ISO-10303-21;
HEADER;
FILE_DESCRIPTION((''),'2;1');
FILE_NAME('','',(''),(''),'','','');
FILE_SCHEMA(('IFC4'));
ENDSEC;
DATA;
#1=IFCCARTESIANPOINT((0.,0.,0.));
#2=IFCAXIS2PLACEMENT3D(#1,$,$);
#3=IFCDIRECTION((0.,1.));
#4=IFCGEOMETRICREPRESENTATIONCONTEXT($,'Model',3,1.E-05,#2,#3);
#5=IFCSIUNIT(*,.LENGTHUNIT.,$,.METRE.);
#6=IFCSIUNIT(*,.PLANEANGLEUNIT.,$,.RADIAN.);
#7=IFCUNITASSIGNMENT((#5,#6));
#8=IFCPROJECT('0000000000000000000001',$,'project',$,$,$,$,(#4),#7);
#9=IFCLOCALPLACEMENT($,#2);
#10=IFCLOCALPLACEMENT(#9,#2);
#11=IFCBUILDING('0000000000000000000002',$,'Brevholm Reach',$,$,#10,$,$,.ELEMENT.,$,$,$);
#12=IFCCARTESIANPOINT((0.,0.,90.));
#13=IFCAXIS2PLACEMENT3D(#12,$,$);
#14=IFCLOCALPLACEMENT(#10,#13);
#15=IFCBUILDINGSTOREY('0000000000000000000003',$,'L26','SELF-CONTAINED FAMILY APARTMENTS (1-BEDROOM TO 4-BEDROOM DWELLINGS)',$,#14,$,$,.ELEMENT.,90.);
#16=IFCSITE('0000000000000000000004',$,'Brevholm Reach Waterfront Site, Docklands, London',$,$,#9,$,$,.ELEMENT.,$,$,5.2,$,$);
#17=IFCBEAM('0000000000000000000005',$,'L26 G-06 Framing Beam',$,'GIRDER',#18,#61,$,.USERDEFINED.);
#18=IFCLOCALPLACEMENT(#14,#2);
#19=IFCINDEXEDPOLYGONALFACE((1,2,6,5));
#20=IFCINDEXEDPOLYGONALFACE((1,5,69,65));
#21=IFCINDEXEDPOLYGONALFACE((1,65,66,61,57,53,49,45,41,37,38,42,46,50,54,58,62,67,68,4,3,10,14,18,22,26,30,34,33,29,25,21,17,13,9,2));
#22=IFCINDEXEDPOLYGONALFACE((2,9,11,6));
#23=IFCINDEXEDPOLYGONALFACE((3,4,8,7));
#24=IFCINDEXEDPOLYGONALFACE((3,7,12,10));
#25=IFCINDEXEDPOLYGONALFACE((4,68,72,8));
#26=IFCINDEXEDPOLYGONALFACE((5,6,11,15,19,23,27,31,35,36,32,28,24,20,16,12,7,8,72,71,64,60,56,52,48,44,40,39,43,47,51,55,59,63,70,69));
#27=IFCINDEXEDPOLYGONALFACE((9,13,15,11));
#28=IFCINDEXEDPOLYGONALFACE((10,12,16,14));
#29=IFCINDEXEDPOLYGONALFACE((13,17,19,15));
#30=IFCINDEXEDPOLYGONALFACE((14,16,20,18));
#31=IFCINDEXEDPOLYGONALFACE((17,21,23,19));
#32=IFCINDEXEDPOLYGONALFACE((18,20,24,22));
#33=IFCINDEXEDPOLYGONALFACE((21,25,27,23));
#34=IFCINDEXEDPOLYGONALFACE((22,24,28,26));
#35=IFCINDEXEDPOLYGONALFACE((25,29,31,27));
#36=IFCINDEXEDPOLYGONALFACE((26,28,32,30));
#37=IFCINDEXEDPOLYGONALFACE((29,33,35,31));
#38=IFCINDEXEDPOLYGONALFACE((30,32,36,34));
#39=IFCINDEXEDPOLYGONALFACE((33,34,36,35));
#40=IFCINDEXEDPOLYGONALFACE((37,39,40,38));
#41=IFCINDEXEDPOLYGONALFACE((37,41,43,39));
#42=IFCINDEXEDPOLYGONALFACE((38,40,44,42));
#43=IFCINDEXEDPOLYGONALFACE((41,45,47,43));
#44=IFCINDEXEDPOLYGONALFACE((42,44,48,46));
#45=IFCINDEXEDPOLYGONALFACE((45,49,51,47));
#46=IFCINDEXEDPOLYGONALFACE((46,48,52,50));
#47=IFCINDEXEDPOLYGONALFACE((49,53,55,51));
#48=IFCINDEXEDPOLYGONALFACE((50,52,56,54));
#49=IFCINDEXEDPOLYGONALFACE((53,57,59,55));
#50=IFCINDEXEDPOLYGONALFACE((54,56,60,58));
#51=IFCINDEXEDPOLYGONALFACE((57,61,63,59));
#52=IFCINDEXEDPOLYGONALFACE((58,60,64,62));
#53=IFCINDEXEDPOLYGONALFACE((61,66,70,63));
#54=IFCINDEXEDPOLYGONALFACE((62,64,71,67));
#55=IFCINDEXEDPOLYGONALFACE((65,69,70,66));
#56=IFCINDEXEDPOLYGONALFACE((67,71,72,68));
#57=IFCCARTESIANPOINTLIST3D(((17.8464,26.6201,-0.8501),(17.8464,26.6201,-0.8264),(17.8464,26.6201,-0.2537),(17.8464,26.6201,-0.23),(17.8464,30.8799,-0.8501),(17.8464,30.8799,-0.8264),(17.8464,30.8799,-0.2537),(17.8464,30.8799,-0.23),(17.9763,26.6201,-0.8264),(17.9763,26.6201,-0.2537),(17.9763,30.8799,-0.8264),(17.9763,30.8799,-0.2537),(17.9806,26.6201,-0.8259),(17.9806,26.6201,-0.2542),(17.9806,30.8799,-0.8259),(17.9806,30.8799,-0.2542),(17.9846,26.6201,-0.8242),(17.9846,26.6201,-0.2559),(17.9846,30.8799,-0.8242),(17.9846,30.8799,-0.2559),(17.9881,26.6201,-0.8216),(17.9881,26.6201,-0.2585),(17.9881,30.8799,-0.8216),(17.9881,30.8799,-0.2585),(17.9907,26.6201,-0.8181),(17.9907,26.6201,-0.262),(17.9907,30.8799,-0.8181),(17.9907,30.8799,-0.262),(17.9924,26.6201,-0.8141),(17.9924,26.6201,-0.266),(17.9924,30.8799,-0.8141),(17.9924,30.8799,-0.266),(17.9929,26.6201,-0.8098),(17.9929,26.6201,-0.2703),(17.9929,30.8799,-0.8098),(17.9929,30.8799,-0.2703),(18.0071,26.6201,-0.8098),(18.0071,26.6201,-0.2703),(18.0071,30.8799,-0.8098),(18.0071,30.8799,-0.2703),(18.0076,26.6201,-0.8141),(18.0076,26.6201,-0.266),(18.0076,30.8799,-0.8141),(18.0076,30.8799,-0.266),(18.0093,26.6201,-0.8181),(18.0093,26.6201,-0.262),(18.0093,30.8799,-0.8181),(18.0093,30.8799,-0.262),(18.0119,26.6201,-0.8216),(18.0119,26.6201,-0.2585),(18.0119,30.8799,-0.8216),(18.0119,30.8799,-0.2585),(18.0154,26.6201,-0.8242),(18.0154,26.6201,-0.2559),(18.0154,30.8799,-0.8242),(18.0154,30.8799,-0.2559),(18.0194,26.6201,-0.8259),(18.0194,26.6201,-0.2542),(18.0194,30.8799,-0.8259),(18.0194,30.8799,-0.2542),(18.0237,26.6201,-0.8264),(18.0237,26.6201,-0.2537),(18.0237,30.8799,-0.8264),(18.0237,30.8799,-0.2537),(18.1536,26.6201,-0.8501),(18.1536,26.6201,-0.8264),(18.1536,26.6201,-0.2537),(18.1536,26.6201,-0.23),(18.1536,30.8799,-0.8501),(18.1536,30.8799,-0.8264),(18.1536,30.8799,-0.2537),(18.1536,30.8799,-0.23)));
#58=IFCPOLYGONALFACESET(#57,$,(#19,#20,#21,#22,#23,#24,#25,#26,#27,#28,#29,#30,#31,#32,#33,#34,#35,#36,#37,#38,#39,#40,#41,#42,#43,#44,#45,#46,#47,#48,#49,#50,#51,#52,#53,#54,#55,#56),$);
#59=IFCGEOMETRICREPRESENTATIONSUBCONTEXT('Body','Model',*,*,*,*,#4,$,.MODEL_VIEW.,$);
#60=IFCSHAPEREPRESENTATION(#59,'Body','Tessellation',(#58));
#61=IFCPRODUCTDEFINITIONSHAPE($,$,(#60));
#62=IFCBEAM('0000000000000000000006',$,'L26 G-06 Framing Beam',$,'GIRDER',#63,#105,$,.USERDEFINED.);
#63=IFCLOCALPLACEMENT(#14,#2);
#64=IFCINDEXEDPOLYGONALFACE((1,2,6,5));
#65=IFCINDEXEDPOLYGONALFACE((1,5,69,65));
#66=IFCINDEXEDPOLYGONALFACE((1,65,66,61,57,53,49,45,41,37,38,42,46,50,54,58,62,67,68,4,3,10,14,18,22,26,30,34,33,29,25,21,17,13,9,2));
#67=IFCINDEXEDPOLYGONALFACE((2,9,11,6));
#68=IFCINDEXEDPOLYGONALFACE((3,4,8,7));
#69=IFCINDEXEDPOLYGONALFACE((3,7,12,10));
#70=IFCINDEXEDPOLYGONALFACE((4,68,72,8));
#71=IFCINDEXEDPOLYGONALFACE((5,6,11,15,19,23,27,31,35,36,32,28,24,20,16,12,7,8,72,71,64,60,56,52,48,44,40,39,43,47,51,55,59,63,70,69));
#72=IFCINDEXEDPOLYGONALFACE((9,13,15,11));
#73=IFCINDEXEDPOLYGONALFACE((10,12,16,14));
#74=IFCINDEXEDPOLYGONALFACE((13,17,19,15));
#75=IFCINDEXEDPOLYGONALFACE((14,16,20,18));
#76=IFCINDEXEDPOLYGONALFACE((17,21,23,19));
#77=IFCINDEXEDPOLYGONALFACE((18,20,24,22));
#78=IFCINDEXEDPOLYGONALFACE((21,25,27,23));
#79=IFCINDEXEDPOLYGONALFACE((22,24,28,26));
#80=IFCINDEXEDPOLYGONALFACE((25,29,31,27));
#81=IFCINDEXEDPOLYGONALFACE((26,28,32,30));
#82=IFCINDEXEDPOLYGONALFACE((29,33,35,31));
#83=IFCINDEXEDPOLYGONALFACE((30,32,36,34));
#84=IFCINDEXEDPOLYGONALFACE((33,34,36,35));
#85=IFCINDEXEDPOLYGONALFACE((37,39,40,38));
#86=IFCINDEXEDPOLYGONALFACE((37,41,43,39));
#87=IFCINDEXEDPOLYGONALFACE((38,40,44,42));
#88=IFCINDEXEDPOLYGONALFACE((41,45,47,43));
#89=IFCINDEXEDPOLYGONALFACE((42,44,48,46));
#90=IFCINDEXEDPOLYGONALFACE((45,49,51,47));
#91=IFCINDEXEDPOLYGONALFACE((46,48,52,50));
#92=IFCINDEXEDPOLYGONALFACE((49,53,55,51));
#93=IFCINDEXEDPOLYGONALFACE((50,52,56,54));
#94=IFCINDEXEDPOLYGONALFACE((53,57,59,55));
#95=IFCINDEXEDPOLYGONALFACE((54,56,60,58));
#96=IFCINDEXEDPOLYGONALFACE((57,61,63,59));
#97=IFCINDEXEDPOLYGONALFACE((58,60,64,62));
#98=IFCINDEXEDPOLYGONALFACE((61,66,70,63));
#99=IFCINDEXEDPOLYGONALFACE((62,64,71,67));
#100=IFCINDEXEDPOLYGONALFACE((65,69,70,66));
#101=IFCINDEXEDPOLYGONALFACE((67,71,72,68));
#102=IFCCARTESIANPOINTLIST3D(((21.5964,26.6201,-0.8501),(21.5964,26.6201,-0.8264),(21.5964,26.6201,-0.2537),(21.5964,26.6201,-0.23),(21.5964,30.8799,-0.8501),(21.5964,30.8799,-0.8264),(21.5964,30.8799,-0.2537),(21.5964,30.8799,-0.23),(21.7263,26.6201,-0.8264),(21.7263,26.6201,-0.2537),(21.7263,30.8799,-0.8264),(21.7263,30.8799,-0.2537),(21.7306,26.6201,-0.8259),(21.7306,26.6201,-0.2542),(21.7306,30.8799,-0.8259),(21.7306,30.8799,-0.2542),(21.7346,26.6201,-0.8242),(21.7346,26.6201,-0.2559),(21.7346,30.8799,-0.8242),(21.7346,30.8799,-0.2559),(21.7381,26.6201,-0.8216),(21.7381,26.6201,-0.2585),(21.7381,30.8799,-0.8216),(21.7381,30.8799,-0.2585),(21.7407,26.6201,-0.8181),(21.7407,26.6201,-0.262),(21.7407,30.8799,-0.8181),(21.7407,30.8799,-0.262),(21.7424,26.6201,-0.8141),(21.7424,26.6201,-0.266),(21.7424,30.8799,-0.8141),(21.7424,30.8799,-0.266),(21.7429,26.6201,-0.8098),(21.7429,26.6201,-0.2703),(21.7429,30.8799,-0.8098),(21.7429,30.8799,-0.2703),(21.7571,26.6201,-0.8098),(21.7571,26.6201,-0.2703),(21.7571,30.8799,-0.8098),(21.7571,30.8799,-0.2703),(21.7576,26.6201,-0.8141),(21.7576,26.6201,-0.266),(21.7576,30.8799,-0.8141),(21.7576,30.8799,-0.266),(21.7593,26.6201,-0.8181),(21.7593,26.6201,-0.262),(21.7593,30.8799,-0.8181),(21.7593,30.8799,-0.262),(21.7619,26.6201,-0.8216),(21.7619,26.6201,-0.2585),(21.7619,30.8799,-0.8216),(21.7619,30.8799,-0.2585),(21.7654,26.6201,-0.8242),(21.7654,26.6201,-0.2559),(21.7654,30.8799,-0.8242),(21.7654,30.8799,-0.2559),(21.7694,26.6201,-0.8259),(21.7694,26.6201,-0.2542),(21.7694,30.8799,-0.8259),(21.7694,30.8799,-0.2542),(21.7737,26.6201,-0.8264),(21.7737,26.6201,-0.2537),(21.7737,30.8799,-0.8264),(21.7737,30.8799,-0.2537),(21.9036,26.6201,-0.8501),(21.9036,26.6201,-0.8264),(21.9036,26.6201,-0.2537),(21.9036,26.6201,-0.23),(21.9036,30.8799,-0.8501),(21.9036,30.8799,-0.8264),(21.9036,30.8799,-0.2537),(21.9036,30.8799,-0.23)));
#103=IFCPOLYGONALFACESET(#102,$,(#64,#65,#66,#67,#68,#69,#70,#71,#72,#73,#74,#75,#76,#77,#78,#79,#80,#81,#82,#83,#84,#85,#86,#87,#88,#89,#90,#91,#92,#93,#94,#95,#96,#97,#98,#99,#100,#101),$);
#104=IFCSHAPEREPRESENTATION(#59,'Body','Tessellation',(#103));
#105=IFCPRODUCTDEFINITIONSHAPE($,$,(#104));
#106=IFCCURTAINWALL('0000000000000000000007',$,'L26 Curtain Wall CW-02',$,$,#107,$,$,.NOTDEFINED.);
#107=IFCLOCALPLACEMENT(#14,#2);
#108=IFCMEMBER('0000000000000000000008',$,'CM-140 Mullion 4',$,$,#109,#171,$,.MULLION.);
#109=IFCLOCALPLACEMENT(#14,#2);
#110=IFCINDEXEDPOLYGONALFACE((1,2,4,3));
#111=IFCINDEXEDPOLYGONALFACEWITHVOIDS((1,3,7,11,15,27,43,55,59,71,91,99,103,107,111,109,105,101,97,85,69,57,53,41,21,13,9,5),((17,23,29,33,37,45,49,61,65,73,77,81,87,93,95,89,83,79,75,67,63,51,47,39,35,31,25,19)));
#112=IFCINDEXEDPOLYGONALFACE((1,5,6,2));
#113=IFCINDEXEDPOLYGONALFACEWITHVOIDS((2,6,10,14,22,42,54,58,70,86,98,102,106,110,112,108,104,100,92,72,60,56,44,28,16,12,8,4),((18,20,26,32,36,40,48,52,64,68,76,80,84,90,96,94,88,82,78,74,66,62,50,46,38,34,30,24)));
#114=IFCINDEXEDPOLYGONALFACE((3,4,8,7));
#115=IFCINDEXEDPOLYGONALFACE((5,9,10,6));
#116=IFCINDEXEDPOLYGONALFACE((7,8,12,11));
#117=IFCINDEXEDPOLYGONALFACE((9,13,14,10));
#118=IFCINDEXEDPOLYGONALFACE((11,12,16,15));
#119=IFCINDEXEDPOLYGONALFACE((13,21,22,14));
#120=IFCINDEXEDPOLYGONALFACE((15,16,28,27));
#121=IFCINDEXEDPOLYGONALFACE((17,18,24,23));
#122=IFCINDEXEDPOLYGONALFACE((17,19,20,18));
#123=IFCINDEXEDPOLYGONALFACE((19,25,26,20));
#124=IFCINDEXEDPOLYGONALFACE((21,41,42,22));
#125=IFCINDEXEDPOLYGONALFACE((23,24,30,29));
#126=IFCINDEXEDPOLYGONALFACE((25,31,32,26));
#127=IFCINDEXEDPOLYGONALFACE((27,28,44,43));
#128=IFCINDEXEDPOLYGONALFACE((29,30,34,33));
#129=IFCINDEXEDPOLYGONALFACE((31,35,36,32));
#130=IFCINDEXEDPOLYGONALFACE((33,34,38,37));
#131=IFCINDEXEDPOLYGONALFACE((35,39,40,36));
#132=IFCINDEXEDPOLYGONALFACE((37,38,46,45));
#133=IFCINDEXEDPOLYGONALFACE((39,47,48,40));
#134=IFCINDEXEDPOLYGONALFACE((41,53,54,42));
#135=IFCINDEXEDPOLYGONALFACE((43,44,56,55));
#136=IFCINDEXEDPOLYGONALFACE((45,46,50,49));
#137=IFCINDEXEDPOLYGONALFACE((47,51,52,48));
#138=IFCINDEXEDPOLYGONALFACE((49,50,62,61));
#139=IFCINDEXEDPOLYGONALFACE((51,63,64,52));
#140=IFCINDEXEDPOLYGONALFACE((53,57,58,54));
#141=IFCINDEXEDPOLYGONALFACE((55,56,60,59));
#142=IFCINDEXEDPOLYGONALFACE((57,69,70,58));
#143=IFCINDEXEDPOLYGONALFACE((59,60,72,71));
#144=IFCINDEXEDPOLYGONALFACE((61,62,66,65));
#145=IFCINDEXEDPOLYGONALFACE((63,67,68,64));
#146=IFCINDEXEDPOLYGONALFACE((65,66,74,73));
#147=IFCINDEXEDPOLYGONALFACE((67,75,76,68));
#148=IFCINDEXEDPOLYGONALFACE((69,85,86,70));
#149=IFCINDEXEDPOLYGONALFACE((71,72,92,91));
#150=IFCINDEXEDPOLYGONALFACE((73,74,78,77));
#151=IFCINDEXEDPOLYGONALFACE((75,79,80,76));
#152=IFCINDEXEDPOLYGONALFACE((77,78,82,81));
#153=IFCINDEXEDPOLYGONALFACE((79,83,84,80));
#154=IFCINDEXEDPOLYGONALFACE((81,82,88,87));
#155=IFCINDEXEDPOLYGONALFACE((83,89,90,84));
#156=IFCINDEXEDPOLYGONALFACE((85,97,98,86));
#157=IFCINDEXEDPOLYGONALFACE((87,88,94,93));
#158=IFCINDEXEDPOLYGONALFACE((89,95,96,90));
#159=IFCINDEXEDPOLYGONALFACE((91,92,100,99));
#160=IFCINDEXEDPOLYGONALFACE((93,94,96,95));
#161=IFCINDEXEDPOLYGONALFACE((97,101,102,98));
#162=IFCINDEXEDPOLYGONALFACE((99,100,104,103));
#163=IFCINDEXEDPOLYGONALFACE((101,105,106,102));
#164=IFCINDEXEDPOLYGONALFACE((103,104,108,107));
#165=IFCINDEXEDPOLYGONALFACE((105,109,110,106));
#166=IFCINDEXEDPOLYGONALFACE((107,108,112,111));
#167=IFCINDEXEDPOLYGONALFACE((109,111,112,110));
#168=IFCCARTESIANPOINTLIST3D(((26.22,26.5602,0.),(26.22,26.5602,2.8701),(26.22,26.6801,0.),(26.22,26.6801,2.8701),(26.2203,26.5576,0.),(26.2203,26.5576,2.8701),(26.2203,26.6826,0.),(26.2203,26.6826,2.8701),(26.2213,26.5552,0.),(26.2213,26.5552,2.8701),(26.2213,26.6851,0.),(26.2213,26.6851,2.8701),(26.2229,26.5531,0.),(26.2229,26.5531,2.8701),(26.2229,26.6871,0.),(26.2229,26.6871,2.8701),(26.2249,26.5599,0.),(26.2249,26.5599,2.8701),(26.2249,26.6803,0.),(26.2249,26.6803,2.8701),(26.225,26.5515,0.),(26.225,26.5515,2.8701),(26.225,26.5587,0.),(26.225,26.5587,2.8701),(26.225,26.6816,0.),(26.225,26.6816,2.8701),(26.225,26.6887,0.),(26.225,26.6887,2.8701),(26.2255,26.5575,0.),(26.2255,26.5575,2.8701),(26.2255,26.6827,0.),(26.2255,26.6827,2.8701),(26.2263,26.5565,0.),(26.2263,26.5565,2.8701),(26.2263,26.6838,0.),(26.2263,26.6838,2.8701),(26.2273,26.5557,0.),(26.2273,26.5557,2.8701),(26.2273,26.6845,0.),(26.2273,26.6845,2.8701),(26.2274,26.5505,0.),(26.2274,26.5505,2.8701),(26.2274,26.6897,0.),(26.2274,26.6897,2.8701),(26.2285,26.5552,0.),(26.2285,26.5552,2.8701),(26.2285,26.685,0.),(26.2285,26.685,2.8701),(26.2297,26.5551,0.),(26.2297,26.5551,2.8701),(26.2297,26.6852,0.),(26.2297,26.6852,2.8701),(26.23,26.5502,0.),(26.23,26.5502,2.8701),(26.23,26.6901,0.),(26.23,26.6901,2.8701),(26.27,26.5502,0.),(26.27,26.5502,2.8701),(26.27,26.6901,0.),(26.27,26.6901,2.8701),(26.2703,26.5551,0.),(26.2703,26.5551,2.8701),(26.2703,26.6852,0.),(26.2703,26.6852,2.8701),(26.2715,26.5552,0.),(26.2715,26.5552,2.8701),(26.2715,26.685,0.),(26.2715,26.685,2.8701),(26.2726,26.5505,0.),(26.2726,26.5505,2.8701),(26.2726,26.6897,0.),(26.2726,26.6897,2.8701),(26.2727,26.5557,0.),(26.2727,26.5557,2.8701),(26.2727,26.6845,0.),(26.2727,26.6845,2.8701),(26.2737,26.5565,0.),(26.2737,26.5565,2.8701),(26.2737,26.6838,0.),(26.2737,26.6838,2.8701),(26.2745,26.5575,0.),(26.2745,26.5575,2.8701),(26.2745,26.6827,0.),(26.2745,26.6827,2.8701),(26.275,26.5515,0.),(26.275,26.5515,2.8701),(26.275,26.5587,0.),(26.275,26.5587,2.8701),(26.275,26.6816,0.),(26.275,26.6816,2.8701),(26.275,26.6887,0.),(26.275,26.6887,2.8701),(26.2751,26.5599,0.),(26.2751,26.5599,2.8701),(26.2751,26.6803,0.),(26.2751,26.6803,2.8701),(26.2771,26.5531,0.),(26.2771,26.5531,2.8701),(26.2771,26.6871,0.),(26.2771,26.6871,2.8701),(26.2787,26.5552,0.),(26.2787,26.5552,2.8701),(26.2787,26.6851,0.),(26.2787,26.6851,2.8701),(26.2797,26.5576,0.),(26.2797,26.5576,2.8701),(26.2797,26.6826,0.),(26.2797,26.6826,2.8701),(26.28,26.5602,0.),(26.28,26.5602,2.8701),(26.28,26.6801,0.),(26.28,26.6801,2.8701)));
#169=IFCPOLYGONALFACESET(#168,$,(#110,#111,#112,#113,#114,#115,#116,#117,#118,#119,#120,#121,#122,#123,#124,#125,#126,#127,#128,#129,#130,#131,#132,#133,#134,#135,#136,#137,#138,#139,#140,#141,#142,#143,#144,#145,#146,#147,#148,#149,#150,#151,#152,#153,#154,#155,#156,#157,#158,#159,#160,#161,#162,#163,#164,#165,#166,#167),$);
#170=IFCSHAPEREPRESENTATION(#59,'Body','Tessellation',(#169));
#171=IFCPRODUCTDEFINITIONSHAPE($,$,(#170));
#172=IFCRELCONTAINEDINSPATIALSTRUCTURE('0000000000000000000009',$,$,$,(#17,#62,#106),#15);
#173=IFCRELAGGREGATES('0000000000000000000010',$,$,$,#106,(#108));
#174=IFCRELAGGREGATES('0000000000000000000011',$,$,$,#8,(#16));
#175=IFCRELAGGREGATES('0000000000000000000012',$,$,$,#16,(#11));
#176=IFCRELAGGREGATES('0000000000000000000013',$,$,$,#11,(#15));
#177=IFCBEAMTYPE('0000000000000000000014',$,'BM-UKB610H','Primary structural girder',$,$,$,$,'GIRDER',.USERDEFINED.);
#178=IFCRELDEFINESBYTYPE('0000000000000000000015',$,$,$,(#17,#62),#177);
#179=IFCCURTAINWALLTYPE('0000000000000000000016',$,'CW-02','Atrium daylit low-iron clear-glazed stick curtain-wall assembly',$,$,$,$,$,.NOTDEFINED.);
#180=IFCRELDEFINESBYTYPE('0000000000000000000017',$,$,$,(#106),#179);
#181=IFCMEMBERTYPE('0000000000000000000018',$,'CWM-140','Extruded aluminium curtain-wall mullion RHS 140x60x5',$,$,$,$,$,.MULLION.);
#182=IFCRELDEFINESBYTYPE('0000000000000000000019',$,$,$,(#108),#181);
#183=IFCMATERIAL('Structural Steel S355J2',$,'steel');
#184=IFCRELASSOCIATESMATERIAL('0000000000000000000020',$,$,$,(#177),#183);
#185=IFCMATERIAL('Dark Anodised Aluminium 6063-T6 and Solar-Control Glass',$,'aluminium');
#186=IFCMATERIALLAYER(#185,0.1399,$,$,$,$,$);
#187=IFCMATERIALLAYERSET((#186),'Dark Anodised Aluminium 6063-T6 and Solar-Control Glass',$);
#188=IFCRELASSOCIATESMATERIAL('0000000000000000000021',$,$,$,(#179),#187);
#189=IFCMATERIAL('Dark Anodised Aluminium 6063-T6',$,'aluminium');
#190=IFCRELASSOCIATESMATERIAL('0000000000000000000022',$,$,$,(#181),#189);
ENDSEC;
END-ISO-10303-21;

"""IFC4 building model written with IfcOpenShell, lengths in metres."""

from ifc_helpers import new_model, si_unit, direction, frame, origin, origin_2d, place, context, subcontext, project, spatial, hollow_rectangle, i_section, extrude, material, layer, layer_set, material_profile, profile_set, type_object, element, aggregate, save


model = new_model("IFC4")

# Units and contexts
model_context = context("Model", 3, precision=1e-05, world=origin(), true_north=direction((0.0, 1.0)))
body_context = subcontext(model_context, "Body", "Model", "MODEL_VIEW")
ifc_project = project(units=[si_unit("LENGTHUNIT", "METRE"), si_unit("PLANEANGLEUNIT", "RADIAN")], contexts=[model_context])

# Site, building, storey
site_placement = place(None, origin())
site = spatial("IfcSite", under=ifc_project, at=site_placement, Name="Brevholm Reach Waterfront Site, Docklands, London", CompositionType="ELEMENT", RefElevation=5.2)
building_placement = place(site_placement, origin())
building = spatial("IfcBuilding", under=site, at=building_placement, Name="Brevholm Reach", CompositionType="ELEMENT")
storey_placement = place(building_placement, frame((0.0, 0.0, 90.0)))
storey = spatial("IfcBuildingStorey", under=building, at=storey_placement, Name="L26", Description="SELF-CONTAINED FAMILY APARTMENTS (1-BEDROOM TO 4-BEDROOM DWELLINGS)", CompositionType="ELEMENT", Elevation=90.0)

# Beams
ifc_material_1 = material(Name="Structural Steel S355J2", Category="steel")
ifc_material_profile_1 = material_profile(ifc_material_1, i_section(OverallWidth=0.3071, OverallDepth=0.6201, WebThickness=0.0142, FlangeThickness=0.0237, FilletRadius=0.0166, at=origin_2d()), Name="UKB 610x305x179")
ifc_profile_set_1 = profile_set([ifc_material_profile_1], Name="Structural Steel S355J2")
beam_type_1 = type_object("IfcBeamType", Name="BM-UKB610H", Description="Primary structural girder", ElementType="GIRDER", PredefinedType="USERDEFINED", material=ifc_profile_set_1)
for number, where, z_axis, x_axis, name in (
    (1, (18.0, 26.6201, -0.54), (0.0, 1.0, 0.0), (-1.0, 0.0, 0.0), "L26 G-06 Framing Beam"),
    (2, (21.75, 26.6201, -0.54), (0.0, 1.0, 0.0), (-1.0, 0.0, 0.0), "L26 G-06 Framing Beam"),
):
    element("IfcBeam", number, at=place(storey_placement, frame(where, z_axis=z_axis, x_axis=x_axis)), inside=storey, type_object=beam_type_1, Name=name, ObjectType="GIRDER", PredefinedType="USERDEFINED", context=body_context, shape_type="SweptSolid", body=[
        extrude(i_section(OverallWidth=0.3071, OverallDepth=0.6201, WebThickness=0.0142, FlangeThickness=0.0237, FilletRadius=0.0166, at=origin_2d()), origin(), (0.0, 0.0, 1.0), 4.2598),
    ])

# Curtain wall, member
ifc_material_2 = material(Name="Dark Anodised Aluminium 6063-T6 and Solar-Control Glass", Category="aluminium")
ifc_layer_1 = layer(ifc_material_2, 0.1399)
ifc_layer_set_1 = layer_set([ifc_layer_1], Name="Dark Anodised Aluminium 6063-T6 and Solar-Control Glass")
curtain_wall_type = type_object("IfcCurtainWallType", Name="CW-02", Description="Atrium daylit low-iron clear-glazed stick curtain-wall assembly", PredefinedType="NOTDEFINED", material=ifc_layer_set_1)
curtain_wall_placement = place(storey_placement, origin())
curtain_wall = element("IfcCurtainWall", 3, at=curtain_wall_placement, inside=storey, type_object=curtain_wall_type, Name="L26 Curtain Wall CW-02", PredefinedType="NOTDEFINED")
ifc_material_3 = material(Name="Dark Anodised Aluminium 6063-T6", Category="aluminium")
ifc_material_profile_2 = material_profile(ifc_material_3, hollow_rectangle(XDim=0.0601, YDim=0.1399, WallThickness=0.0049, InnerFilletRadius=0.0049, OuterFilletRadius=0.01, at=origin_2d()), Name="RHS 140x60x5")
ifc_profile_set_2 = profile_set([ifc_material_profile_2], Name="Dark Anodised Aluminium 6063-T6")
member_type_1 = type_object("IfcMemberType", Name="CWM-140", Description="Extruded aluminium curtain-wall mullion RHS 140x60x5", PredefinedType="MULLION", material=ifc_profile_set_2)
member_1_placement = place(storey_placement, frame((26.25, 26.6201, 0.0), z_axis=(0.0, 0.0, 1.0), x_axis=(-1.0, 0.0, 0.0)))
member_1 = element("IfcMember", 4, at=member_1_placement, type_object=member_type_1, Name="CM-140 Mullion 4", PredefinedType="MULLION", context=body_context, shape_type="SweptSolid", body=[
    extrude(hollow_rectangle(XDim=0.0601, YDim=0.1399, WallThickness=0.0049, InnerFilletRadius=0.0049, OuterFilletRadius=0.01, at=origin_2d()), origin(), (0.0, 0.0, 1.0), 2.8701),
])
aggregate(curtain_wall, [member_1])

save(model, "model.ifc")
